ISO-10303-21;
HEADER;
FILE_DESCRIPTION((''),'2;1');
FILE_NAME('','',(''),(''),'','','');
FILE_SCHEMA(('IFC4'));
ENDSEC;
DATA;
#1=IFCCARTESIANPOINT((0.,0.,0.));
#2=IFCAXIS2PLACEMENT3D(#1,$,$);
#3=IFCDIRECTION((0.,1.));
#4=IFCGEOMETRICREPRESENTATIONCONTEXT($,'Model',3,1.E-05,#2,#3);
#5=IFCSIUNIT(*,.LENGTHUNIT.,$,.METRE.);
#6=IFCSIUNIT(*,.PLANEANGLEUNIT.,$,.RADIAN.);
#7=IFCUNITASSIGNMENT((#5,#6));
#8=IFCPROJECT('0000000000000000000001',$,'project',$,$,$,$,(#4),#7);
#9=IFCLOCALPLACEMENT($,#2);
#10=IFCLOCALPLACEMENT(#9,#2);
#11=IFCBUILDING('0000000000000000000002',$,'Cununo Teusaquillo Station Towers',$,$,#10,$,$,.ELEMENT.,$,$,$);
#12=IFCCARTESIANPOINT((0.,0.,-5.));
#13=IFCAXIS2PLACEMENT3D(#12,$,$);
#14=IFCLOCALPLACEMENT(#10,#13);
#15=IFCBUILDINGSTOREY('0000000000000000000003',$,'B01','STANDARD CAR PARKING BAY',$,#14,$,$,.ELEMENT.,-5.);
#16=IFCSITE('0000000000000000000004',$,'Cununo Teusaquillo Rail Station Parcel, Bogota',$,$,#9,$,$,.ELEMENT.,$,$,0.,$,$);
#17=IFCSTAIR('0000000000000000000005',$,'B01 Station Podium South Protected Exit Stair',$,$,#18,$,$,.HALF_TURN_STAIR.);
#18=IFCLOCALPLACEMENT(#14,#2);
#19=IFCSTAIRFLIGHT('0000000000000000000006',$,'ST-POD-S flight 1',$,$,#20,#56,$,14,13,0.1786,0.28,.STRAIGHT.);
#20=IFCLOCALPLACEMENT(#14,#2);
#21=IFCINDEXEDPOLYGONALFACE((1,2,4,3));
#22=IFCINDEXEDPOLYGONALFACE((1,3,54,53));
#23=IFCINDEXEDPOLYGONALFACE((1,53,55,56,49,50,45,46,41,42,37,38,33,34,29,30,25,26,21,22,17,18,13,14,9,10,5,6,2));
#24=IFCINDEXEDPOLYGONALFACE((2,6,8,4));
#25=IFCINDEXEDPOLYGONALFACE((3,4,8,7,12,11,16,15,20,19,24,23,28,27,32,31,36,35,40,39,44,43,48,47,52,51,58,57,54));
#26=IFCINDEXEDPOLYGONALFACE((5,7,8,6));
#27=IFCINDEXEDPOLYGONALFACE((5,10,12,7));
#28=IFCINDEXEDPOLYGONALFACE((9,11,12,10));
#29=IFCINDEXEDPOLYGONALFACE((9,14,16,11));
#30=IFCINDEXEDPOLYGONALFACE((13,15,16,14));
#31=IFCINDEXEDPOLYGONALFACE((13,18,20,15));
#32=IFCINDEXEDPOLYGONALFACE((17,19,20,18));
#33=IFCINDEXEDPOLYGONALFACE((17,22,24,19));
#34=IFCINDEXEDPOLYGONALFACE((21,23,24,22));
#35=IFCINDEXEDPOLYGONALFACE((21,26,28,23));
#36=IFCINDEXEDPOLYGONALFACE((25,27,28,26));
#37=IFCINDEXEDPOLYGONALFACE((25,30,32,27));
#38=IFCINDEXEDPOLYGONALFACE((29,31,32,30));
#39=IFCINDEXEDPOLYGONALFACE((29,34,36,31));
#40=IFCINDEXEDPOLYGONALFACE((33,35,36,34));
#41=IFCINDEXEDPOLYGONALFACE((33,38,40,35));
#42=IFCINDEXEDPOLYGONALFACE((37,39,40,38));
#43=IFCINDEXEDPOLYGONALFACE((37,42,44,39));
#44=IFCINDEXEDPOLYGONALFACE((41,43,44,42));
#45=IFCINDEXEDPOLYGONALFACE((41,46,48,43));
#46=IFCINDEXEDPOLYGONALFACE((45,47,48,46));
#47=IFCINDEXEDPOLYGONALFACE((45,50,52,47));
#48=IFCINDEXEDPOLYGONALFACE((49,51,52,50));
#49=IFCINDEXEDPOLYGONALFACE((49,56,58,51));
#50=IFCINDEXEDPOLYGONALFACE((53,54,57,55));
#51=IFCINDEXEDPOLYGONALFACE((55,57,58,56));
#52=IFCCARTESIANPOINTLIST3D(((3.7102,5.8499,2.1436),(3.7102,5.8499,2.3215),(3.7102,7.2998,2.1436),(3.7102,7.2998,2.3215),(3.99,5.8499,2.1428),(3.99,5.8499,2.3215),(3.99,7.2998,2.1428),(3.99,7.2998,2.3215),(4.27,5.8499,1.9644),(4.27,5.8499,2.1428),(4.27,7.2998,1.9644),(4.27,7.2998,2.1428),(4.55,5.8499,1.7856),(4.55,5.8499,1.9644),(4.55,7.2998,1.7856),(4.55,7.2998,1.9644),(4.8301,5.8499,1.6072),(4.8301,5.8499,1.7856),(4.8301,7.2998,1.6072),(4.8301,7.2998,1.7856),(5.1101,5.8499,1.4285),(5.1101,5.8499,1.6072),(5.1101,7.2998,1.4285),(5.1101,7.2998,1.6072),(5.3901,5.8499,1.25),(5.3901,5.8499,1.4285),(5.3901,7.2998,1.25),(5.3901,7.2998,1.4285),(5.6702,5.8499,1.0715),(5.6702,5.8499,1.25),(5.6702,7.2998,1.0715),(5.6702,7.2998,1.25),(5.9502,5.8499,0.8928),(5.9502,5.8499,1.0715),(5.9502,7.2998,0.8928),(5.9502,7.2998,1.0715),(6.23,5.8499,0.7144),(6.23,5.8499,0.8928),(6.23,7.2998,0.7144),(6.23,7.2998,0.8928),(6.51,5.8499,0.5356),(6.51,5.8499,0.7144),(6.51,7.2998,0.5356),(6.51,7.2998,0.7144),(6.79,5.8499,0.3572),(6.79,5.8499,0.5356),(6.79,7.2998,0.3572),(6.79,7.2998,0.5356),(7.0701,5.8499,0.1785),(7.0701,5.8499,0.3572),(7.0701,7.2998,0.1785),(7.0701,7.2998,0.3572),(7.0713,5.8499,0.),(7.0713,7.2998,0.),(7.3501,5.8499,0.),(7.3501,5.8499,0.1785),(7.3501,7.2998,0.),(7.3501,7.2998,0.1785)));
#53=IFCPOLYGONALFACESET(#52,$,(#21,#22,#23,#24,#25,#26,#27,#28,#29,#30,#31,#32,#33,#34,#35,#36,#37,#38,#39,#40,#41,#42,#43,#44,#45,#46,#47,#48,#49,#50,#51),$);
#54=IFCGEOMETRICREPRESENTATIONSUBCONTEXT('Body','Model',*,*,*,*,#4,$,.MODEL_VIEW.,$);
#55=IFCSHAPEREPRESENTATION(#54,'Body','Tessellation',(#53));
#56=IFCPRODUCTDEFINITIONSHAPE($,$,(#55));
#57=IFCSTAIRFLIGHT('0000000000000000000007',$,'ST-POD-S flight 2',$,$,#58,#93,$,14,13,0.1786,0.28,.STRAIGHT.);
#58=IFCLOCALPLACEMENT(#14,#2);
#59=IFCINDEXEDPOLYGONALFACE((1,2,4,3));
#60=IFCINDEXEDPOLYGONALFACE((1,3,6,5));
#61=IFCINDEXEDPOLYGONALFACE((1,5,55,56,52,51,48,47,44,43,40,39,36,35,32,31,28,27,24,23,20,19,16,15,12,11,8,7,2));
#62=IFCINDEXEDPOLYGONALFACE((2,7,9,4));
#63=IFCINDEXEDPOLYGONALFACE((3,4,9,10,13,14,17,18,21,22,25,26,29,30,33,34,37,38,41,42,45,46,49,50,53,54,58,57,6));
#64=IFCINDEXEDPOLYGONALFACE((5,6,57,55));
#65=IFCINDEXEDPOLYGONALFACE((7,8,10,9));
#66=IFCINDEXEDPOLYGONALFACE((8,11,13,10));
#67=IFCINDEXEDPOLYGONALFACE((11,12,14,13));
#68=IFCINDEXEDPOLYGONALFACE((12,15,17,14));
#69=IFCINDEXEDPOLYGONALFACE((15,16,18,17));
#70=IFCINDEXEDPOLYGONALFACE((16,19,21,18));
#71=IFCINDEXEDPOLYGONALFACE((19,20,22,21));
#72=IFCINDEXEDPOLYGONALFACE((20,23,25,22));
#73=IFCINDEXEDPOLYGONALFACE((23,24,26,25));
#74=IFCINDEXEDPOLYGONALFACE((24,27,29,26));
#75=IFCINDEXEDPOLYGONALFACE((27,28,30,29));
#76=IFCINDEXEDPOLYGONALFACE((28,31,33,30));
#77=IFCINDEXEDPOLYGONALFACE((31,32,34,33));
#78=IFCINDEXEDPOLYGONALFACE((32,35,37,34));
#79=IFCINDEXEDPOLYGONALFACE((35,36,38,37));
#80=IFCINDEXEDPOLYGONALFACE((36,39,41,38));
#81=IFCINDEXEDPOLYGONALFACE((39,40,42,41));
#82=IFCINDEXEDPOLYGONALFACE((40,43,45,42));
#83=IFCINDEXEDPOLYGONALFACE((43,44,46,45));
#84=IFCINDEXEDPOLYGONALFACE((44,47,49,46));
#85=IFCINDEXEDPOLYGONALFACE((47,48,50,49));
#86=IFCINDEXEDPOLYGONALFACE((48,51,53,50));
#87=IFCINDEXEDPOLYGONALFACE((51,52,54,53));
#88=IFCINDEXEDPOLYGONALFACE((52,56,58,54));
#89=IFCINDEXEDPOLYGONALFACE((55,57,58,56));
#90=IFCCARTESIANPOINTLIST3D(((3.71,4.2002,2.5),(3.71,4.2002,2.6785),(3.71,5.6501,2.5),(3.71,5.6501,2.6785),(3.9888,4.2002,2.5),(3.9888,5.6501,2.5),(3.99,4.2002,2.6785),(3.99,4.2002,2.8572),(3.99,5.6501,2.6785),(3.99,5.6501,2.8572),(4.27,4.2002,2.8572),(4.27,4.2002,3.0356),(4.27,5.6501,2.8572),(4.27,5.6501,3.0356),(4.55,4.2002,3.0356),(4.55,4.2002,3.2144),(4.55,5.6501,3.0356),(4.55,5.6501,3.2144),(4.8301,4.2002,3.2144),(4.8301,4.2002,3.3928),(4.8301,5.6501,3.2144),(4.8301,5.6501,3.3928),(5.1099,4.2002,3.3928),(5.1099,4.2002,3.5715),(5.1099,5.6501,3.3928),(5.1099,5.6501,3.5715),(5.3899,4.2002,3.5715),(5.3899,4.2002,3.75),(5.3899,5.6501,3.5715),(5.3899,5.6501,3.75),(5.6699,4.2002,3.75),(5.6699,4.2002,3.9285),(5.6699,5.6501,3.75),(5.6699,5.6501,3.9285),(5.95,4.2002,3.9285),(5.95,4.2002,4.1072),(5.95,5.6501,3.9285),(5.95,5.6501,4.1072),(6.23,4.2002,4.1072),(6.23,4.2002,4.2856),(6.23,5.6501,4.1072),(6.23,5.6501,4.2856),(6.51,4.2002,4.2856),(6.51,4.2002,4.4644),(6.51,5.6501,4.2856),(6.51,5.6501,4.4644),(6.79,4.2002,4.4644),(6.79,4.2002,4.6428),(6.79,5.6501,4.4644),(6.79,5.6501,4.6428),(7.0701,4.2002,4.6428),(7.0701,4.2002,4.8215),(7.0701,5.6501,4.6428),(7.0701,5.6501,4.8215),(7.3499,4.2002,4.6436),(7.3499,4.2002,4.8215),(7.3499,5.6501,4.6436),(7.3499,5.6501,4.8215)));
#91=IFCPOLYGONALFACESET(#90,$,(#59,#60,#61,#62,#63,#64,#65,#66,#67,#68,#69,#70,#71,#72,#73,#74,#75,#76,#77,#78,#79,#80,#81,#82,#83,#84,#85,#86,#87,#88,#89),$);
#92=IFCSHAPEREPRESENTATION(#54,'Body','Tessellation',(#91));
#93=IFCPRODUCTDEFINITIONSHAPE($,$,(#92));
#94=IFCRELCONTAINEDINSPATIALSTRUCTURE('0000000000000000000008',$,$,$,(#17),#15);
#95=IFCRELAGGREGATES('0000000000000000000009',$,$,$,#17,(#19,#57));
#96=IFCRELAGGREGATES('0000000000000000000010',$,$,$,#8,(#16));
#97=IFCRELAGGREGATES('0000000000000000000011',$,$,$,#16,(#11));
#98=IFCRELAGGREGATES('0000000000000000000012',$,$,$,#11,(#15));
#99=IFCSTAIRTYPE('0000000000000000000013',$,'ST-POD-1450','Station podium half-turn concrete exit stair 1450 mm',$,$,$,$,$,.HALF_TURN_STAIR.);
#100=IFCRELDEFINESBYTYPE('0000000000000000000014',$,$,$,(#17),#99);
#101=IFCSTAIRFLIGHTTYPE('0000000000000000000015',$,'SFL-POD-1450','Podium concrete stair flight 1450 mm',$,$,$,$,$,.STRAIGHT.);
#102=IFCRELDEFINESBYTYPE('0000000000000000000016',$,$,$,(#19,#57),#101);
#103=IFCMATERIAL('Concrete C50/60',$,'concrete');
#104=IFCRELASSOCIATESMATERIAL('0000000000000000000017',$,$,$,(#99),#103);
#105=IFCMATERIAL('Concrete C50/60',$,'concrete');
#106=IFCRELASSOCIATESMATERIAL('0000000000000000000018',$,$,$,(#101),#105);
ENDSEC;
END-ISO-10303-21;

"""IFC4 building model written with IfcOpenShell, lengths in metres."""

from ifc_helpers import new_model, si_unit, direction, frame, origin, place, context, subcontext, project, spatial, polyline, outline, extrude, material, type_object, element, aggregate, save


model = new_model("IFC4")

# Units and contexts
model_context = context("Model", 3, precision=1e-05, world=origin(), true_north=direction((0.0, 1.0)))
body_context = subcontext(model_context, "Body", "Model", "MODEL_VIEW")
ifc_project = project(units=[si_unit("LENGTHUNIT", "METRE"), si_unit("PLANEANGLEUNIT", "RADIAN")], contexts=[model_context])

# Site, building, storey
site_placement = place(None, origin())
site = spatial("IfcSite", under=ifc_project, at=site_placement, Name="Cununo Teusaquillo Rail Station Parcel, Bogota", CompositionType="ELEMENT", RefElevation=0.0)
building_placement = place(site_placement, origin())
building = spatial("IfcBuilding", under=site, at=building_placement, Name="Cununo Teusaquillo Station Towers", CompositionType="ELEMENT")
storey_placement = place(building_placement, frame((0.0, 0.0, -5.0)))
storey = spatial("IfcBuildingStorey", under=building, at=storey_placement, Name="B01", Description="STANDARD CAR PARKING BAY", CompositionType="ELEMENT", Elevation=-5.0)

# Stair
ifc_material_1 = material(Name="Concrete C50/60", Category="concrete")
stair_type_1 = type_object("IfcStairType", Name="ST-POD-1450", Description="Station podium half-turn concrete exit stair 1450 mm", PredefinedType="HALF_TURN_STAIR", material=ifc_material_1)
stair_1_placement = place(storey_placement, origin())
stair_1 = element("IfcStair", 1, at=stair_1_placement, inside=storey, type_object=stair_type_1, Name="B01 Station Podium South Protected Exit Stair", PredefinedType="HALF_TURN_STAIR")

# Stair flights
ifc_material_2 = material(Name="Concrete C50/60", Category="concrete")
stair_flight_type = type_object("IfcStairFlightType", Name="SFL-POD-1450", Description="Podium concrete stair flight 1450 mm", PredefinedType="STRAIGHT", material=ifc_material_2)
stair_flight_1_placement = place(storey_placement, frame((7.3501, 6.575, 0.0), z_axis=(0.0, 0.0, 1.0), x_axis=(-1.0, 0.0, 0.0)))
stair_flight_1 = element("IfcStairFlight", 2, at=stair_flight_1_placement, type_object=stair_flight_type, Name="ST-POD-S flight 1", NumberOfRisers=14, NumberOfTreads=13, PredefinedType="STRAIGHT", RiserHeight=0.1786, TreadLength=0.28, context=body_context, shape_type="SweptSolid", body=[
    extrude(outline(polyline([(0.0, 0.0), (0.0, 0.1785), (0.28, 0.1785), (0.28, 0.3572), (0.5601, 0.3572), (0.5601, 0.5356), (0.8401, 0.5356), (0.8401, 0.7144), (1.1201, 0.7144), (1.1201, 0.8928), (1.3999, 0.8928), (1.3999, 1.0715), (1.6799, 1.0715), (1.6799, 1.25), (1.96, 1.25), (1.96, 1.4285), (2.24, 1.4285), (2.24, 1.6072), (2.52, 1.6072), (2.52, 1.7856), (2.8, 1.7856), (2.8, 1.9644), (3.0801, 1.9644), (3.0801, 2.1428), (3.3601, 2.1428), (3.3601, 2.3215), (3.6399, 2.3215), (3.6399, 2.5), (3.6399, 2.1436), (0.2788, 0.0), (0.0, 0.0)])), frame((0.0, 0.7251, 0.0), z_axis=(0.0, -1.0, 0.0), x_axis=(1.0, 0.0, 0.0)), (0.0, 0.0, 1.0), 1.45),
])
stair_flight_2_placement = place(storey_placement, frame((3.71, 4.925, 2.5), z_axis=(0.0, 0.0, 1.0), x_axis=(1.0, 0.0, 0.0)))
stair_flight_2 = element("IfcStairFlight", 3, at=stair_flight_2_placement, type_object=stair_flight_type, Name="ST-POD-S flight 2", NumberOfRisers=14, NumberOfTreads=13, PredefinedType="STRAIGHT", RiserHeight=0.1786, TreadLength=0.28, context=body_context, shape_type="SweptSolid", body=[
    extrude(outline(polyline([(0.0, 0.0), (0.0, 0.1785), (0.28, 0.1785), (0.28, 0.3572), (0.5601, 0.3572), (0.5601, 0.5356), (0.8401, 0.5356), (0.8401, 0.7144), (1.1201, 0.7144), (1.1201, 0.8928), (1.3999, 0.8928), (1.3999, 1.0715), (1.6799, 1.0715), (1.6799, 1.25), (1.96, 1.25), (1.96, 1.4285), (2.24, 1.4285), (2.24, 1.6072), (2.52, 1.6072), (2.52, 1.7856), (2.8, 1.7856), (2.8, 1.9644), (3.0801, 1.9644), (3.0801, 2.1428), (3.3601, 2.1428), (3.3601, 2.3215), (3.6399, 2.3215), (3.6399, 2.5), (3.6399, 2.1436), (0.2788, 0.0), (0.0, 0.0)])), frame((0.0, 0.7251, 0.0), z_axis=(0.0, -1.0, 0.0), x_axis=(1.0, 0.0, 0.0)), (0.0, 0.0, 1.0), 1.45),
])
aggregate(stair_1, [stair_flight_1, stair_flight_2])

save(model, "model.ifc")
